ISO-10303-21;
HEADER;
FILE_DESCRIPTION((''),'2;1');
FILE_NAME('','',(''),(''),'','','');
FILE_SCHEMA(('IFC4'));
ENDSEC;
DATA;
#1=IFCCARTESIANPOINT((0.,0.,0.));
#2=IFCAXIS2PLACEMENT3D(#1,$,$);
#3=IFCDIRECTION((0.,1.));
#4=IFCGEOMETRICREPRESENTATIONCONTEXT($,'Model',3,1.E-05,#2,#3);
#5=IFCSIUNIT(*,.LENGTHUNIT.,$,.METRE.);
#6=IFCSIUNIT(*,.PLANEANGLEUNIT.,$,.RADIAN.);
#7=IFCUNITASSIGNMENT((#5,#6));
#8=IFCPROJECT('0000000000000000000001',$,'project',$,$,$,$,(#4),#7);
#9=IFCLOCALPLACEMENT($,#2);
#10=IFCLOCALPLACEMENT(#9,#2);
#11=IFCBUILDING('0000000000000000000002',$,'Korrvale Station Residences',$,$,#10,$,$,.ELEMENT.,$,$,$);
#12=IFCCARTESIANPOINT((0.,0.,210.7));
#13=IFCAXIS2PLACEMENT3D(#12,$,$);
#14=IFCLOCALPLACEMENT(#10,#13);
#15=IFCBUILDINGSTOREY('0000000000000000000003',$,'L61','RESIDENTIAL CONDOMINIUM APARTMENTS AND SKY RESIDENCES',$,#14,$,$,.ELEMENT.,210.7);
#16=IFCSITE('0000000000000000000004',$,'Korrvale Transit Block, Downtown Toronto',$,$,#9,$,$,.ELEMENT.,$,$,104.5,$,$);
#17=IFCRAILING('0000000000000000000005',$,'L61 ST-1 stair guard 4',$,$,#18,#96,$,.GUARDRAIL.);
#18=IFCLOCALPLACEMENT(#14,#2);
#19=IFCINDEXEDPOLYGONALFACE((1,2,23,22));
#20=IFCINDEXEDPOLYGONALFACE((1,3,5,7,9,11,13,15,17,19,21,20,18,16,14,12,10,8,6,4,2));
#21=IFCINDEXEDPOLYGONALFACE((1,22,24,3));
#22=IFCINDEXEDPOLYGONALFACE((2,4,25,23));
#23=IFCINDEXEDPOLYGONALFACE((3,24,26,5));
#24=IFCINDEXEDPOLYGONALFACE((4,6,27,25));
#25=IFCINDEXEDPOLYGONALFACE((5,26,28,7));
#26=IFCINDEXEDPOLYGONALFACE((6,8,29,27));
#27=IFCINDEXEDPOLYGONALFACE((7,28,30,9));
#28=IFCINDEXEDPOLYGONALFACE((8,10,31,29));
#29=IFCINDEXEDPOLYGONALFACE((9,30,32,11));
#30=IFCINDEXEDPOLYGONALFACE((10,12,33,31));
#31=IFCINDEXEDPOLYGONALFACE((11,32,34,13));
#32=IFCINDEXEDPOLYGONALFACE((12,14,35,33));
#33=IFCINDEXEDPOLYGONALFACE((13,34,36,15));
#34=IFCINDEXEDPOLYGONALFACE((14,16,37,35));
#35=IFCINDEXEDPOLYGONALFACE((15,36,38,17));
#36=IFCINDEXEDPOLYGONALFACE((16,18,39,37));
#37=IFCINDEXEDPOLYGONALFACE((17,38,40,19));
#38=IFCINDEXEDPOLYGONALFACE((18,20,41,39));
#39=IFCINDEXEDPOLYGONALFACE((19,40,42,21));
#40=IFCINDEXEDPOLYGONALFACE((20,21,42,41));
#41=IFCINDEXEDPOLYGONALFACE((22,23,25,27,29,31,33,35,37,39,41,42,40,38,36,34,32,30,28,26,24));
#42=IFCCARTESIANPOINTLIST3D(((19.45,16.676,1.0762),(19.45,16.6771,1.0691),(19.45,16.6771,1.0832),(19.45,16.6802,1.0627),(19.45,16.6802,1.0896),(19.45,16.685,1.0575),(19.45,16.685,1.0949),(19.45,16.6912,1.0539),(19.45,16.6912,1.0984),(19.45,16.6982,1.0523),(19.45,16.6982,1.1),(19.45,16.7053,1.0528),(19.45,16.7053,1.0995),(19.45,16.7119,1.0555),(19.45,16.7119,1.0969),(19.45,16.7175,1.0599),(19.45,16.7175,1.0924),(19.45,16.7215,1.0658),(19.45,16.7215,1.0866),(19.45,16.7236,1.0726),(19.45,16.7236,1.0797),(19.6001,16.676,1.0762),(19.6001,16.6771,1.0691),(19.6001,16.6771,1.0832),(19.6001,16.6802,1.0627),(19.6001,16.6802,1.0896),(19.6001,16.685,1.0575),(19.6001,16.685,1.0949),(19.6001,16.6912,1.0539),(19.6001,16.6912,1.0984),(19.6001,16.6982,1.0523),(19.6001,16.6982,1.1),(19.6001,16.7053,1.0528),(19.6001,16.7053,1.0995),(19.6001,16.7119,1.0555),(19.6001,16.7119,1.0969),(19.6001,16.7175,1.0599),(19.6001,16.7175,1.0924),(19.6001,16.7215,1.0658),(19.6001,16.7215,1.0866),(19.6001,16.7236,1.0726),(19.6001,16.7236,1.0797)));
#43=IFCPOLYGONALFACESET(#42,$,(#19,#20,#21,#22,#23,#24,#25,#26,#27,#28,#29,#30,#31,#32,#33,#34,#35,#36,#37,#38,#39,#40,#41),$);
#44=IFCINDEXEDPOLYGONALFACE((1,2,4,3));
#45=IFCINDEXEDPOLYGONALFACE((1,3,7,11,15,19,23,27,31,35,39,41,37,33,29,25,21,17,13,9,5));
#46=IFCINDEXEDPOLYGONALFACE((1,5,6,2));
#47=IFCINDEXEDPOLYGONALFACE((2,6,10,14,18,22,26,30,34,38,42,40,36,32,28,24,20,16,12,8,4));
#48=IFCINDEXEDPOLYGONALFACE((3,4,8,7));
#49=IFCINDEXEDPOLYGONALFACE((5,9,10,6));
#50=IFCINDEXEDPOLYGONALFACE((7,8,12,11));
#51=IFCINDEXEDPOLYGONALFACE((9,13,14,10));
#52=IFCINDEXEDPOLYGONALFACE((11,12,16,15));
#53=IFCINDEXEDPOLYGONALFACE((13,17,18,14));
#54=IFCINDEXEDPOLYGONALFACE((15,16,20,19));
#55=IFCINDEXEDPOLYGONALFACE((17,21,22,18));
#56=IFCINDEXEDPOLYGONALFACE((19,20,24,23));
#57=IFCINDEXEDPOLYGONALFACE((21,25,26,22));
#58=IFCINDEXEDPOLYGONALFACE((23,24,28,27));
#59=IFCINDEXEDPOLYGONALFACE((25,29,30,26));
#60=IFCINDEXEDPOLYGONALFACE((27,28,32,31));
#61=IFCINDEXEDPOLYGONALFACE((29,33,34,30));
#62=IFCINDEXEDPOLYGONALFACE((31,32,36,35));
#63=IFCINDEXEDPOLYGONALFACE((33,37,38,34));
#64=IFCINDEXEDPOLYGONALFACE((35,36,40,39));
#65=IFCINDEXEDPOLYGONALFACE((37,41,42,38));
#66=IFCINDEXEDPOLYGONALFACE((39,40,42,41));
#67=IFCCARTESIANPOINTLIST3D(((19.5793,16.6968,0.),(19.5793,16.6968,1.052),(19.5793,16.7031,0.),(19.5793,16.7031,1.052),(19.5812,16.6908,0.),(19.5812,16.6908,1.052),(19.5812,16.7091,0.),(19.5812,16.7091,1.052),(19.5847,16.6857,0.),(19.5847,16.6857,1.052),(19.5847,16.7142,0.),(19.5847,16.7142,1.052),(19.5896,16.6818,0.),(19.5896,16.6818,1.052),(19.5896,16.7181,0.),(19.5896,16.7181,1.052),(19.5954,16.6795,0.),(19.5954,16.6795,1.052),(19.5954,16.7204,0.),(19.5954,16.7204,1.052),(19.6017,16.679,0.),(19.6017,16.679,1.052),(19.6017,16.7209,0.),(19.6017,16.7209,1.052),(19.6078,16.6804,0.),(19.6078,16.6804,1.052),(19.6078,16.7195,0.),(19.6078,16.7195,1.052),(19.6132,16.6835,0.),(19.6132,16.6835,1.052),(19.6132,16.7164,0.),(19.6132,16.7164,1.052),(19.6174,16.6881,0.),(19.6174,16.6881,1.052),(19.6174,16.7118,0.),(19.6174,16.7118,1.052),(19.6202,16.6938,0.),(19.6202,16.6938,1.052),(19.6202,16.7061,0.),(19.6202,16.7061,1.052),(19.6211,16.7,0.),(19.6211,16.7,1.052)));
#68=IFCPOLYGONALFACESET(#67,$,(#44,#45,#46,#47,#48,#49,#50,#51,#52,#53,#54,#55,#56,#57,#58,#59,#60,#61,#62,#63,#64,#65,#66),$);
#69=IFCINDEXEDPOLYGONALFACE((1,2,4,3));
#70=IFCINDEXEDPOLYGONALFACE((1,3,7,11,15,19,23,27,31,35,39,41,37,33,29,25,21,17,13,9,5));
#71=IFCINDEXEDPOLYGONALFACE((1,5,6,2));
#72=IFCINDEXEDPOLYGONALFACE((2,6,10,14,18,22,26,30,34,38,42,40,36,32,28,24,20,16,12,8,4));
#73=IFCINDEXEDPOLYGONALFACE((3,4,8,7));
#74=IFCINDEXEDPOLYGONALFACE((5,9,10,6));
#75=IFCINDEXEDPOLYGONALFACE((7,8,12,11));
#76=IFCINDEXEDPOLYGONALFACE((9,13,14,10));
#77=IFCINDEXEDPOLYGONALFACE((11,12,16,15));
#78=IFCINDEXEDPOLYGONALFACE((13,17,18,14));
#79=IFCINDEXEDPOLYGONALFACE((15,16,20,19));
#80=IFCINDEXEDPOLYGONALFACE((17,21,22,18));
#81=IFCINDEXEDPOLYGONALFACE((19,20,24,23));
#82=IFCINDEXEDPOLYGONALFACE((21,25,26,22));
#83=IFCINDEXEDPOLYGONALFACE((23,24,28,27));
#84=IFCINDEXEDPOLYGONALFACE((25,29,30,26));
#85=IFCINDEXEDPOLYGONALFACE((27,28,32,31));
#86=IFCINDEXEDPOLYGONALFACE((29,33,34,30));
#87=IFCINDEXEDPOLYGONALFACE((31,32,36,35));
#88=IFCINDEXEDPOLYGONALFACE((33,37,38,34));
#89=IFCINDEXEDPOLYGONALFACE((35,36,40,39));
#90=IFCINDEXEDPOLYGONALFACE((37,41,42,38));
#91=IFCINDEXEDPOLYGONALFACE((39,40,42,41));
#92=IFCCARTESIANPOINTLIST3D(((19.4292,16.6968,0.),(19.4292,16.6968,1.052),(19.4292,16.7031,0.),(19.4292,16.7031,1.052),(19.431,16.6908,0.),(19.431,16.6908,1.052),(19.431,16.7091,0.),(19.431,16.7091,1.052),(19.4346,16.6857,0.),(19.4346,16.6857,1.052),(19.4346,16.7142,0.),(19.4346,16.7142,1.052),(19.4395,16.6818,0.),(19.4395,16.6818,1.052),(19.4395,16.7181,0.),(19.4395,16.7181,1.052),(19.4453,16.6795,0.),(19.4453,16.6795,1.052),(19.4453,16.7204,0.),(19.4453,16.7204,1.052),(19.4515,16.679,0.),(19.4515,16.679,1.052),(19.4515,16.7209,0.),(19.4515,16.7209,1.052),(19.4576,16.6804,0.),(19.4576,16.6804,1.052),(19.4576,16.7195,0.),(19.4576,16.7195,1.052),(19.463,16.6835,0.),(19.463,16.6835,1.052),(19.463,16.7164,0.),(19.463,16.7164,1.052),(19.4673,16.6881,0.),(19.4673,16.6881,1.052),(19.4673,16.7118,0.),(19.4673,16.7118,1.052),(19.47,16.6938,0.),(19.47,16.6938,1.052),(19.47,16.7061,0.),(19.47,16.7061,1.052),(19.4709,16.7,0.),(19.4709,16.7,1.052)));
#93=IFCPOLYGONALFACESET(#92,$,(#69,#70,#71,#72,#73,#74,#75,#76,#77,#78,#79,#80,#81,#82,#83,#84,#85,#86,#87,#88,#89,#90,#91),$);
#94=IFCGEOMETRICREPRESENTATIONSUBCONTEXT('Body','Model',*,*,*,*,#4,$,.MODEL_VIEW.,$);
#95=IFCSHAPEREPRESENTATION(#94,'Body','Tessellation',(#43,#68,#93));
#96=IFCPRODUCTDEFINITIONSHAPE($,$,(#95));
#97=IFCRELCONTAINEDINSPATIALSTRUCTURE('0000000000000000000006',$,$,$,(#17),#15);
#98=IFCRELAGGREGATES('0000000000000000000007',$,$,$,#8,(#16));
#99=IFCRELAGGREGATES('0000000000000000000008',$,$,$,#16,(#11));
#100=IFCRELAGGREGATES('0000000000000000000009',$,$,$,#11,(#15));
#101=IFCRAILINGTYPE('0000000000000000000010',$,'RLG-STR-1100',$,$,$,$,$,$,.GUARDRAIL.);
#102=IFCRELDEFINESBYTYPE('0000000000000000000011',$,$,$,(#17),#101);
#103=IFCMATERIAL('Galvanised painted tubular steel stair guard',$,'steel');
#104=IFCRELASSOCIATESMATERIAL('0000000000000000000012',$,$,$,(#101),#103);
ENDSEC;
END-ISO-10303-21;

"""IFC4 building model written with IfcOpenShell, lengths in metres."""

from ifc_helpers import new_model, si_unit, direction, frame, origin, origin_2d, place, context, subcontext, project, spatial, circle, extrude, material, type_object, element, save


model = new_model("IFC4")

# Units and contexts
model_context = context("Model", 3, precision=1e-05, world=origin(), true_north=direction((0.0, 1.0)))
body_context = subcontext(model_context, "Body", "Model", "MODEL_VIEW")
ifc_project = project(units=[si_unit("LENGTHUNIT", "METRE"), si_unit("PLANEANGLEUNIT", "RADIAN")], contexts=[model_context])

# Site, building, storey
site_placement = place(None, origin())
site = spatial("IfcSite", under=ifc_project, at=site_placement, Name="Korrvale Transit Block, Downtown Toronto", CompositionType="ELEMENT", RefElevation=104.5)
building_placement = place(site_placement, origin())
building = spatial("IfcBuilding", under=site, at=building_placement, Name="Korrvale Station Residences", CompositionType="ELEMENT")
storey_placement = place(building_placement, frame((0.0, 0.0, 210.7)))
storey = spatial("IfcBuildingStorey", under=building, at=storey_placement, Name="L61", Description="RESIDENTIAL CONDOMINIUM APARTMENTS AND SKY RESIDENCES", CompositionType="ELEMENT", Elevation=210.7)

# Railing
ifc_material_1 = material(Name="Galvanised painted tubular steel stair guard", Category="steel")
railing_type_1 = type_object("IfcRailingType", Name="RLG-STR-1100", PredefinedType="GUARDRAIL", material=ifc_material_1)
railing_1_placement = place(storey_placement, frame((19.6001, 16.7, 0.0)))
element("IfcRailing", 1, at=railing_1_placement, inside=storey, type_object=railing_type_1, Name="L61 ST-1 stair guard 4", PredefinedType="GUARDRAIL", context=body_context, shape_type="SweptSolid", body=[
    extrude(circle(Radius=0.0239, at=origin_2d()), frame((0.0, 0.0, 1.0762), z_axis=(-1.0, 0.0, 0.0), x_axis=(0.0, -1.0, 0.0)), (0.0, 0.0, 1.0), 0.1501),
    extrude(circle(Radius=0.021, at=origin_2d()), origin(), (0.0, 0.0, 1.0), 1.052),
    extrude(circle(Radius=0.021, at=origin_2d()), frame((-0.1501, 0.0, 0.0)), (0.0, 0.0, 1.0), 1.052),
])

save(model, "model.ifc")
